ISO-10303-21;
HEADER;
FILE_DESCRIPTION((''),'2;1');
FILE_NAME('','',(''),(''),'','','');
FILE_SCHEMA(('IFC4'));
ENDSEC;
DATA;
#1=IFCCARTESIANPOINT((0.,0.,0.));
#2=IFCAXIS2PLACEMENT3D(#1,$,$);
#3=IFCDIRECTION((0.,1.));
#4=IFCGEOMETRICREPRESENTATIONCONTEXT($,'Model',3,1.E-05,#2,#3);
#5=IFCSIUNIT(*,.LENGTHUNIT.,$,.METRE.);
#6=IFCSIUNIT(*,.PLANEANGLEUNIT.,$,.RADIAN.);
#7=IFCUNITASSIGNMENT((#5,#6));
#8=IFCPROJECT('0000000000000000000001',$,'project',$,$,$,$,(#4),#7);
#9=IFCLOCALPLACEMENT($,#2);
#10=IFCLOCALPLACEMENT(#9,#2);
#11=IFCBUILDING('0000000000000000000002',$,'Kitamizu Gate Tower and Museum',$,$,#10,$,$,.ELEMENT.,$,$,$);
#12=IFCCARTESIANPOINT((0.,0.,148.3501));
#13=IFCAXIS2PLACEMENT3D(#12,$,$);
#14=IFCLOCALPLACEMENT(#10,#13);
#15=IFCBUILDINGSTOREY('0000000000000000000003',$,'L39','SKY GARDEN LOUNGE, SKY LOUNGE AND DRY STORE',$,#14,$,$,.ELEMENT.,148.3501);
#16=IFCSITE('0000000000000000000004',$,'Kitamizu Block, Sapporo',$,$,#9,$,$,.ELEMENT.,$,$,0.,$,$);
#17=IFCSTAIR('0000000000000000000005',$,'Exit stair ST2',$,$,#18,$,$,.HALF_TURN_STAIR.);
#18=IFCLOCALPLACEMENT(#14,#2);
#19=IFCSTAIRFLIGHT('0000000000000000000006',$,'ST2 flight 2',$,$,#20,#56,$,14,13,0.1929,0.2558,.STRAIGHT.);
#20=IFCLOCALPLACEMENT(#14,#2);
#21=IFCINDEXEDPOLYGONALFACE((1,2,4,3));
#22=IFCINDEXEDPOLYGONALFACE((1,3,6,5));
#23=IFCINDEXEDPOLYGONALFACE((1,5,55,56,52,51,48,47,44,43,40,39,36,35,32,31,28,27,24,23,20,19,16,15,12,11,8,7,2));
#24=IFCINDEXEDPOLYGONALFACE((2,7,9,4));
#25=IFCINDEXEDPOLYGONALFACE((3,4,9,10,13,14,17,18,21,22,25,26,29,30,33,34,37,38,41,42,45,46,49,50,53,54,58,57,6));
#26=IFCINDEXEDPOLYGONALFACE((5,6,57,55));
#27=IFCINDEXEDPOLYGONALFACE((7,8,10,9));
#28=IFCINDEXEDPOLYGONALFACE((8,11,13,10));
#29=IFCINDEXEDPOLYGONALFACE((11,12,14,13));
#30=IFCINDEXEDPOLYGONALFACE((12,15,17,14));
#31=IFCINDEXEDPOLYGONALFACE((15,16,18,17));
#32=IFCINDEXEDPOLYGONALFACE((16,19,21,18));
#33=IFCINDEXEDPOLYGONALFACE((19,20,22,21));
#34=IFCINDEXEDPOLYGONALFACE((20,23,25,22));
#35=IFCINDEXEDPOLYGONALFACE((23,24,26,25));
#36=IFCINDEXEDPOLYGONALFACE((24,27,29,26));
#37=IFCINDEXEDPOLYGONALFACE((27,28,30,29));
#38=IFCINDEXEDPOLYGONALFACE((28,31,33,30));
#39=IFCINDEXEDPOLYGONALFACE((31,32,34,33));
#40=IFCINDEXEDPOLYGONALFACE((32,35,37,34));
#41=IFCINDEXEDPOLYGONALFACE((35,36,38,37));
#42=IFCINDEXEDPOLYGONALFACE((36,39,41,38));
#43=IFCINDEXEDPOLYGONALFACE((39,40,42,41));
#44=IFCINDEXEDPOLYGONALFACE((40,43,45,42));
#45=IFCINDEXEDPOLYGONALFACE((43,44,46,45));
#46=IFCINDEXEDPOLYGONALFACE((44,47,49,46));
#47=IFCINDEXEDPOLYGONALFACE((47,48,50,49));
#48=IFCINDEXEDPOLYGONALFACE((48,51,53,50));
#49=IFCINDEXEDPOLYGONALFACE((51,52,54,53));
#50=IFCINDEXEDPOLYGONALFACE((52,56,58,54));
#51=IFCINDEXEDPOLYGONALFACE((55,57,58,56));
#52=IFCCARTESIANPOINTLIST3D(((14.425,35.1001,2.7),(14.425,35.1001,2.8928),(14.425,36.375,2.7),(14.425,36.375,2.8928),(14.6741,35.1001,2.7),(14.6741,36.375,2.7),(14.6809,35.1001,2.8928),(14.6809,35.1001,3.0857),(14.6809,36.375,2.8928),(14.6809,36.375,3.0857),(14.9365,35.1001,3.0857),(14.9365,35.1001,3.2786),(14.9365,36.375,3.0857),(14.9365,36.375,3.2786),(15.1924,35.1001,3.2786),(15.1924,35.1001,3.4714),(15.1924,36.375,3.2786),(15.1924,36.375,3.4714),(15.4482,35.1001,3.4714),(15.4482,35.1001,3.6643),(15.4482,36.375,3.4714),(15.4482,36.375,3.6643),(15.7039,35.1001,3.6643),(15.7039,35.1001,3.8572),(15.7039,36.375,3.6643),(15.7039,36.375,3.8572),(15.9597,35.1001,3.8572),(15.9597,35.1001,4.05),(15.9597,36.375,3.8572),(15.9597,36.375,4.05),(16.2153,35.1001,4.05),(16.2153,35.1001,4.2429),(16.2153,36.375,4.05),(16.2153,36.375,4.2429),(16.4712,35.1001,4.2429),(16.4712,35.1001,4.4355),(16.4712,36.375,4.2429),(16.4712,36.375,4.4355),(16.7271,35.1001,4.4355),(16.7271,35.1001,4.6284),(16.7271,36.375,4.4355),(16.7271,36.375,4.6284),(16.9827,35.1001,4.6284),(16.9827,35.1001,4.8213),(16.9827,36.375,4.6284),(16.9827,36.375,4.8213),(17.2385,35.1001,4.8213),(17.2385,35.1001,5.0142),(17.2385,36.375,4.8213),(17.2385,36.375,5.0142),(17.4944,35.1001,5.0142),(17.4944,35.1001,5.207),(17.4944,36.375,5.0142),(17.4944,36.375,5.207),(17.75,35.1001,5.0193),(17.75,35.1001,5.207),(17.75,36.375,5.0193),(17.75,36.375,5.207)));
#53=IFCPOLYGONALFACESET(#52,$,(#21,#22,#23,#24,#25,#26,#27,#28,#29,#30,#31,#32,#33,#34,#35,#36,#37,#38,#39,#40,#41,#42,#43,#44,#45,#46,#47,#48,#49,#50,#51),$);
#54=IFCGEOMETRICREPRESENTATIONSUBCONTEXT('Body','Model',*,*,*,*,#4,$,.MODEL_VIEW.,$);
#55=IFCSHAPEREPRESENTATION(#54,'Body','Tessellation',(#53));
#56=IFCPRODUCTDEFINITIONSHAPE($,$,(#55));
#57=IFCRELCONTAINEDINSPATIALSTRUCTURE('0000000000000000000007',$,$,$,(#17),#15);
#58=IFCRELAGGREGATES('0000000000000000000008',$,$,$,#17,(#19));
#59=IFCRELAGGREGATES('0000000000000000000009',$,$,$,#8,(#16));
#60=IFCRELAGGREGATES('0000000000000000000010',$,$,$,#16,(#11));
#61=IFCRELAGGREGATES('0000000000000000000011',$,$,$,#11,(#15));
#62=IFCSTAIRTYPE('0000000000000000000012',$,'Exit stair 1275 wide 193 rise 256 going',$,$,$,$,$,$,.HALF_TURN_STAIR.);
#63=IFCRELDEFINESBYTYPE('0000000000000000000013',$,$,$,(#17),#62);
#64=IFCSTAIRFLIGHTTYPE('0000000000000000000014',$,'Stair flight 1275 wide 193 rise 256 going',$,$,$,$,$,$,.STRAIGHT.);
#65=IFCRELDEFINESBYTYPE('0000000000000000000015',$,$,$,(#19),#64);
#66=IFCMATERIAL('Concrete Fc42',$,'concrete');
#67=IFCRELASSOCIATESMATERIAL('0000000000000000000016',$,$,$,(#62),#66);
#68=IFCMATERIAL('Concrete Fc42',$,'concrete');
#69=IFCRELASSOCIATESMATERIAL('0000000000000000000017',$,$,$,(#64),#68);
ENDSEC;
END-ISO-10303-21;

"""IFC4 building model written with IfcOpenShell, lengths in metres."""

from ifc_helpers import new_model, si_unit, direction, frame, origin, place, context, subcontext, project, spatial, polyline, outline, extrude, material, type_object, element, aggregate, save


model = new_model("IFC4")

# Units and contexts
model_context = context("Model", 3, precision=1e-05, world=origin(), true_north=direction((0.0, 1.0)))
body_context = subcontext(model_context, "Body", "Model", "MODEL_VIEW")
ifc_project = project(units=[si_unit("LENGTHUNIT", "METRE"), si_unit("PLANEANGLEUNIT", "RADIAN")], contexts=[model_context])

# Site, building, storey
site_placement = place(None, origin())
site = spatial("IfcSite", under=ifc_project, at=site_placement, Name="Kitamizu Block, Sapporo", CompositionType="ELEMENT", RefElevation=0.0)
building_placement = place(site_placement, origin())
building = spatial("IfcBuilding", under=site, at=building_placement, Name="Kitamizu Gate Tower and Museum", CompositionType="ELEMENT")
storey_placement = place(building_placement, frame((0.0, 0.0, 148.3501)))
storey = spatial("IfcBuildingStorey", under=building, at=storey_placement, Name="L39", Description="SKY GARDEN LOUNGE, SKY LOUNGE AND DRY STORE", CompositionType="ELEMENT", Elevation=148.3501)

# Stair, stair flight
ifc_material_1 = material(Name="Concrete Fc42", Category="concrete")
stair_type = type_object("IfcStairType", Name="Exit stair 1275 wide 193 rise 256 going", PredefinedType="HALF_TURN_STAIR", material=ifc_material_1)
stair_placement = place(storey_placement, origin())
stair = element("IfcStair", 1, at=stair_placement, inside=storey, type_object=stair_type, Name="Exit stair ST2", PredefinedType="HALF_TURN_STAIR")
ifc_material_2 = material(Name="Concrete Fc42", Category="concrete")
stair_flight_type = type_object("IfcStairFlightType", Name="Stair flight 1275 wide 193 rise 256 going", PredefinedType="STRAIGHT", material=ifc_material_2)
stair_flight_1_placement = place(storey_placement, frame((14.425, 35.7375, 2.7), z_axis=(0.0, 0.0, 1.0), x_axis=(1.0, 0.0, 0.0)))
stair_flight_1 = element("IfcStairFlight", 2, at=stair_flight_1_placement, type_object=stair_flight_type, Name="ST2 flight 2", NumberOfRisers=14, NumberOfTreads=13, PredefinedType="STRAIGHT", RiserHeight=0.1929, TreadLength=0.2558, context=body_context, shape_type="SweptSolid", body=[
    extrude(outline(polyline([(0.0, 0.0), (0.0, 0.1929), (0.2559, 0.1929), (0.2559, 0.3857), (0.5115, 0.3857), (0.5115, 0.5786), (0.7673, 0.5786), (0.7673, 0.7715), (1.0232, 0.7715), (1.0232, 0.9644), (1.2788, 0.9644), (1.2788, 1.1572), (1.5347, 1.1572), (1.5347, 1.3501), (1.7903, 1.3501), (1.7903, 1.543), (2.0461, 1.543), (2.0461, 1.7356), (2.302, 1.7356), (2.302, 1.9285), (2.5576, 1.9285), (2.5576, 2.1213), (2.8135, 2.1213), (2.8135, 2.3142), (3.0693, 2.3142), (3.0693, 2.5071), (3.325, 2.5071), (3.325, 2.7), (3.325, 2.3193), (0.249, 0.0), (0.0, 0.0)])), frame((0.0, 0.6375, 0.0), z_axis=(0.0, -1.0, 0.0), x_axis=(1.0, 0.0, 0.0)), (0.0, 0.0, 1.0), 1.2749),
])
aggregate(stair, [stair_flight_1])

save(model, "model.ifc")
